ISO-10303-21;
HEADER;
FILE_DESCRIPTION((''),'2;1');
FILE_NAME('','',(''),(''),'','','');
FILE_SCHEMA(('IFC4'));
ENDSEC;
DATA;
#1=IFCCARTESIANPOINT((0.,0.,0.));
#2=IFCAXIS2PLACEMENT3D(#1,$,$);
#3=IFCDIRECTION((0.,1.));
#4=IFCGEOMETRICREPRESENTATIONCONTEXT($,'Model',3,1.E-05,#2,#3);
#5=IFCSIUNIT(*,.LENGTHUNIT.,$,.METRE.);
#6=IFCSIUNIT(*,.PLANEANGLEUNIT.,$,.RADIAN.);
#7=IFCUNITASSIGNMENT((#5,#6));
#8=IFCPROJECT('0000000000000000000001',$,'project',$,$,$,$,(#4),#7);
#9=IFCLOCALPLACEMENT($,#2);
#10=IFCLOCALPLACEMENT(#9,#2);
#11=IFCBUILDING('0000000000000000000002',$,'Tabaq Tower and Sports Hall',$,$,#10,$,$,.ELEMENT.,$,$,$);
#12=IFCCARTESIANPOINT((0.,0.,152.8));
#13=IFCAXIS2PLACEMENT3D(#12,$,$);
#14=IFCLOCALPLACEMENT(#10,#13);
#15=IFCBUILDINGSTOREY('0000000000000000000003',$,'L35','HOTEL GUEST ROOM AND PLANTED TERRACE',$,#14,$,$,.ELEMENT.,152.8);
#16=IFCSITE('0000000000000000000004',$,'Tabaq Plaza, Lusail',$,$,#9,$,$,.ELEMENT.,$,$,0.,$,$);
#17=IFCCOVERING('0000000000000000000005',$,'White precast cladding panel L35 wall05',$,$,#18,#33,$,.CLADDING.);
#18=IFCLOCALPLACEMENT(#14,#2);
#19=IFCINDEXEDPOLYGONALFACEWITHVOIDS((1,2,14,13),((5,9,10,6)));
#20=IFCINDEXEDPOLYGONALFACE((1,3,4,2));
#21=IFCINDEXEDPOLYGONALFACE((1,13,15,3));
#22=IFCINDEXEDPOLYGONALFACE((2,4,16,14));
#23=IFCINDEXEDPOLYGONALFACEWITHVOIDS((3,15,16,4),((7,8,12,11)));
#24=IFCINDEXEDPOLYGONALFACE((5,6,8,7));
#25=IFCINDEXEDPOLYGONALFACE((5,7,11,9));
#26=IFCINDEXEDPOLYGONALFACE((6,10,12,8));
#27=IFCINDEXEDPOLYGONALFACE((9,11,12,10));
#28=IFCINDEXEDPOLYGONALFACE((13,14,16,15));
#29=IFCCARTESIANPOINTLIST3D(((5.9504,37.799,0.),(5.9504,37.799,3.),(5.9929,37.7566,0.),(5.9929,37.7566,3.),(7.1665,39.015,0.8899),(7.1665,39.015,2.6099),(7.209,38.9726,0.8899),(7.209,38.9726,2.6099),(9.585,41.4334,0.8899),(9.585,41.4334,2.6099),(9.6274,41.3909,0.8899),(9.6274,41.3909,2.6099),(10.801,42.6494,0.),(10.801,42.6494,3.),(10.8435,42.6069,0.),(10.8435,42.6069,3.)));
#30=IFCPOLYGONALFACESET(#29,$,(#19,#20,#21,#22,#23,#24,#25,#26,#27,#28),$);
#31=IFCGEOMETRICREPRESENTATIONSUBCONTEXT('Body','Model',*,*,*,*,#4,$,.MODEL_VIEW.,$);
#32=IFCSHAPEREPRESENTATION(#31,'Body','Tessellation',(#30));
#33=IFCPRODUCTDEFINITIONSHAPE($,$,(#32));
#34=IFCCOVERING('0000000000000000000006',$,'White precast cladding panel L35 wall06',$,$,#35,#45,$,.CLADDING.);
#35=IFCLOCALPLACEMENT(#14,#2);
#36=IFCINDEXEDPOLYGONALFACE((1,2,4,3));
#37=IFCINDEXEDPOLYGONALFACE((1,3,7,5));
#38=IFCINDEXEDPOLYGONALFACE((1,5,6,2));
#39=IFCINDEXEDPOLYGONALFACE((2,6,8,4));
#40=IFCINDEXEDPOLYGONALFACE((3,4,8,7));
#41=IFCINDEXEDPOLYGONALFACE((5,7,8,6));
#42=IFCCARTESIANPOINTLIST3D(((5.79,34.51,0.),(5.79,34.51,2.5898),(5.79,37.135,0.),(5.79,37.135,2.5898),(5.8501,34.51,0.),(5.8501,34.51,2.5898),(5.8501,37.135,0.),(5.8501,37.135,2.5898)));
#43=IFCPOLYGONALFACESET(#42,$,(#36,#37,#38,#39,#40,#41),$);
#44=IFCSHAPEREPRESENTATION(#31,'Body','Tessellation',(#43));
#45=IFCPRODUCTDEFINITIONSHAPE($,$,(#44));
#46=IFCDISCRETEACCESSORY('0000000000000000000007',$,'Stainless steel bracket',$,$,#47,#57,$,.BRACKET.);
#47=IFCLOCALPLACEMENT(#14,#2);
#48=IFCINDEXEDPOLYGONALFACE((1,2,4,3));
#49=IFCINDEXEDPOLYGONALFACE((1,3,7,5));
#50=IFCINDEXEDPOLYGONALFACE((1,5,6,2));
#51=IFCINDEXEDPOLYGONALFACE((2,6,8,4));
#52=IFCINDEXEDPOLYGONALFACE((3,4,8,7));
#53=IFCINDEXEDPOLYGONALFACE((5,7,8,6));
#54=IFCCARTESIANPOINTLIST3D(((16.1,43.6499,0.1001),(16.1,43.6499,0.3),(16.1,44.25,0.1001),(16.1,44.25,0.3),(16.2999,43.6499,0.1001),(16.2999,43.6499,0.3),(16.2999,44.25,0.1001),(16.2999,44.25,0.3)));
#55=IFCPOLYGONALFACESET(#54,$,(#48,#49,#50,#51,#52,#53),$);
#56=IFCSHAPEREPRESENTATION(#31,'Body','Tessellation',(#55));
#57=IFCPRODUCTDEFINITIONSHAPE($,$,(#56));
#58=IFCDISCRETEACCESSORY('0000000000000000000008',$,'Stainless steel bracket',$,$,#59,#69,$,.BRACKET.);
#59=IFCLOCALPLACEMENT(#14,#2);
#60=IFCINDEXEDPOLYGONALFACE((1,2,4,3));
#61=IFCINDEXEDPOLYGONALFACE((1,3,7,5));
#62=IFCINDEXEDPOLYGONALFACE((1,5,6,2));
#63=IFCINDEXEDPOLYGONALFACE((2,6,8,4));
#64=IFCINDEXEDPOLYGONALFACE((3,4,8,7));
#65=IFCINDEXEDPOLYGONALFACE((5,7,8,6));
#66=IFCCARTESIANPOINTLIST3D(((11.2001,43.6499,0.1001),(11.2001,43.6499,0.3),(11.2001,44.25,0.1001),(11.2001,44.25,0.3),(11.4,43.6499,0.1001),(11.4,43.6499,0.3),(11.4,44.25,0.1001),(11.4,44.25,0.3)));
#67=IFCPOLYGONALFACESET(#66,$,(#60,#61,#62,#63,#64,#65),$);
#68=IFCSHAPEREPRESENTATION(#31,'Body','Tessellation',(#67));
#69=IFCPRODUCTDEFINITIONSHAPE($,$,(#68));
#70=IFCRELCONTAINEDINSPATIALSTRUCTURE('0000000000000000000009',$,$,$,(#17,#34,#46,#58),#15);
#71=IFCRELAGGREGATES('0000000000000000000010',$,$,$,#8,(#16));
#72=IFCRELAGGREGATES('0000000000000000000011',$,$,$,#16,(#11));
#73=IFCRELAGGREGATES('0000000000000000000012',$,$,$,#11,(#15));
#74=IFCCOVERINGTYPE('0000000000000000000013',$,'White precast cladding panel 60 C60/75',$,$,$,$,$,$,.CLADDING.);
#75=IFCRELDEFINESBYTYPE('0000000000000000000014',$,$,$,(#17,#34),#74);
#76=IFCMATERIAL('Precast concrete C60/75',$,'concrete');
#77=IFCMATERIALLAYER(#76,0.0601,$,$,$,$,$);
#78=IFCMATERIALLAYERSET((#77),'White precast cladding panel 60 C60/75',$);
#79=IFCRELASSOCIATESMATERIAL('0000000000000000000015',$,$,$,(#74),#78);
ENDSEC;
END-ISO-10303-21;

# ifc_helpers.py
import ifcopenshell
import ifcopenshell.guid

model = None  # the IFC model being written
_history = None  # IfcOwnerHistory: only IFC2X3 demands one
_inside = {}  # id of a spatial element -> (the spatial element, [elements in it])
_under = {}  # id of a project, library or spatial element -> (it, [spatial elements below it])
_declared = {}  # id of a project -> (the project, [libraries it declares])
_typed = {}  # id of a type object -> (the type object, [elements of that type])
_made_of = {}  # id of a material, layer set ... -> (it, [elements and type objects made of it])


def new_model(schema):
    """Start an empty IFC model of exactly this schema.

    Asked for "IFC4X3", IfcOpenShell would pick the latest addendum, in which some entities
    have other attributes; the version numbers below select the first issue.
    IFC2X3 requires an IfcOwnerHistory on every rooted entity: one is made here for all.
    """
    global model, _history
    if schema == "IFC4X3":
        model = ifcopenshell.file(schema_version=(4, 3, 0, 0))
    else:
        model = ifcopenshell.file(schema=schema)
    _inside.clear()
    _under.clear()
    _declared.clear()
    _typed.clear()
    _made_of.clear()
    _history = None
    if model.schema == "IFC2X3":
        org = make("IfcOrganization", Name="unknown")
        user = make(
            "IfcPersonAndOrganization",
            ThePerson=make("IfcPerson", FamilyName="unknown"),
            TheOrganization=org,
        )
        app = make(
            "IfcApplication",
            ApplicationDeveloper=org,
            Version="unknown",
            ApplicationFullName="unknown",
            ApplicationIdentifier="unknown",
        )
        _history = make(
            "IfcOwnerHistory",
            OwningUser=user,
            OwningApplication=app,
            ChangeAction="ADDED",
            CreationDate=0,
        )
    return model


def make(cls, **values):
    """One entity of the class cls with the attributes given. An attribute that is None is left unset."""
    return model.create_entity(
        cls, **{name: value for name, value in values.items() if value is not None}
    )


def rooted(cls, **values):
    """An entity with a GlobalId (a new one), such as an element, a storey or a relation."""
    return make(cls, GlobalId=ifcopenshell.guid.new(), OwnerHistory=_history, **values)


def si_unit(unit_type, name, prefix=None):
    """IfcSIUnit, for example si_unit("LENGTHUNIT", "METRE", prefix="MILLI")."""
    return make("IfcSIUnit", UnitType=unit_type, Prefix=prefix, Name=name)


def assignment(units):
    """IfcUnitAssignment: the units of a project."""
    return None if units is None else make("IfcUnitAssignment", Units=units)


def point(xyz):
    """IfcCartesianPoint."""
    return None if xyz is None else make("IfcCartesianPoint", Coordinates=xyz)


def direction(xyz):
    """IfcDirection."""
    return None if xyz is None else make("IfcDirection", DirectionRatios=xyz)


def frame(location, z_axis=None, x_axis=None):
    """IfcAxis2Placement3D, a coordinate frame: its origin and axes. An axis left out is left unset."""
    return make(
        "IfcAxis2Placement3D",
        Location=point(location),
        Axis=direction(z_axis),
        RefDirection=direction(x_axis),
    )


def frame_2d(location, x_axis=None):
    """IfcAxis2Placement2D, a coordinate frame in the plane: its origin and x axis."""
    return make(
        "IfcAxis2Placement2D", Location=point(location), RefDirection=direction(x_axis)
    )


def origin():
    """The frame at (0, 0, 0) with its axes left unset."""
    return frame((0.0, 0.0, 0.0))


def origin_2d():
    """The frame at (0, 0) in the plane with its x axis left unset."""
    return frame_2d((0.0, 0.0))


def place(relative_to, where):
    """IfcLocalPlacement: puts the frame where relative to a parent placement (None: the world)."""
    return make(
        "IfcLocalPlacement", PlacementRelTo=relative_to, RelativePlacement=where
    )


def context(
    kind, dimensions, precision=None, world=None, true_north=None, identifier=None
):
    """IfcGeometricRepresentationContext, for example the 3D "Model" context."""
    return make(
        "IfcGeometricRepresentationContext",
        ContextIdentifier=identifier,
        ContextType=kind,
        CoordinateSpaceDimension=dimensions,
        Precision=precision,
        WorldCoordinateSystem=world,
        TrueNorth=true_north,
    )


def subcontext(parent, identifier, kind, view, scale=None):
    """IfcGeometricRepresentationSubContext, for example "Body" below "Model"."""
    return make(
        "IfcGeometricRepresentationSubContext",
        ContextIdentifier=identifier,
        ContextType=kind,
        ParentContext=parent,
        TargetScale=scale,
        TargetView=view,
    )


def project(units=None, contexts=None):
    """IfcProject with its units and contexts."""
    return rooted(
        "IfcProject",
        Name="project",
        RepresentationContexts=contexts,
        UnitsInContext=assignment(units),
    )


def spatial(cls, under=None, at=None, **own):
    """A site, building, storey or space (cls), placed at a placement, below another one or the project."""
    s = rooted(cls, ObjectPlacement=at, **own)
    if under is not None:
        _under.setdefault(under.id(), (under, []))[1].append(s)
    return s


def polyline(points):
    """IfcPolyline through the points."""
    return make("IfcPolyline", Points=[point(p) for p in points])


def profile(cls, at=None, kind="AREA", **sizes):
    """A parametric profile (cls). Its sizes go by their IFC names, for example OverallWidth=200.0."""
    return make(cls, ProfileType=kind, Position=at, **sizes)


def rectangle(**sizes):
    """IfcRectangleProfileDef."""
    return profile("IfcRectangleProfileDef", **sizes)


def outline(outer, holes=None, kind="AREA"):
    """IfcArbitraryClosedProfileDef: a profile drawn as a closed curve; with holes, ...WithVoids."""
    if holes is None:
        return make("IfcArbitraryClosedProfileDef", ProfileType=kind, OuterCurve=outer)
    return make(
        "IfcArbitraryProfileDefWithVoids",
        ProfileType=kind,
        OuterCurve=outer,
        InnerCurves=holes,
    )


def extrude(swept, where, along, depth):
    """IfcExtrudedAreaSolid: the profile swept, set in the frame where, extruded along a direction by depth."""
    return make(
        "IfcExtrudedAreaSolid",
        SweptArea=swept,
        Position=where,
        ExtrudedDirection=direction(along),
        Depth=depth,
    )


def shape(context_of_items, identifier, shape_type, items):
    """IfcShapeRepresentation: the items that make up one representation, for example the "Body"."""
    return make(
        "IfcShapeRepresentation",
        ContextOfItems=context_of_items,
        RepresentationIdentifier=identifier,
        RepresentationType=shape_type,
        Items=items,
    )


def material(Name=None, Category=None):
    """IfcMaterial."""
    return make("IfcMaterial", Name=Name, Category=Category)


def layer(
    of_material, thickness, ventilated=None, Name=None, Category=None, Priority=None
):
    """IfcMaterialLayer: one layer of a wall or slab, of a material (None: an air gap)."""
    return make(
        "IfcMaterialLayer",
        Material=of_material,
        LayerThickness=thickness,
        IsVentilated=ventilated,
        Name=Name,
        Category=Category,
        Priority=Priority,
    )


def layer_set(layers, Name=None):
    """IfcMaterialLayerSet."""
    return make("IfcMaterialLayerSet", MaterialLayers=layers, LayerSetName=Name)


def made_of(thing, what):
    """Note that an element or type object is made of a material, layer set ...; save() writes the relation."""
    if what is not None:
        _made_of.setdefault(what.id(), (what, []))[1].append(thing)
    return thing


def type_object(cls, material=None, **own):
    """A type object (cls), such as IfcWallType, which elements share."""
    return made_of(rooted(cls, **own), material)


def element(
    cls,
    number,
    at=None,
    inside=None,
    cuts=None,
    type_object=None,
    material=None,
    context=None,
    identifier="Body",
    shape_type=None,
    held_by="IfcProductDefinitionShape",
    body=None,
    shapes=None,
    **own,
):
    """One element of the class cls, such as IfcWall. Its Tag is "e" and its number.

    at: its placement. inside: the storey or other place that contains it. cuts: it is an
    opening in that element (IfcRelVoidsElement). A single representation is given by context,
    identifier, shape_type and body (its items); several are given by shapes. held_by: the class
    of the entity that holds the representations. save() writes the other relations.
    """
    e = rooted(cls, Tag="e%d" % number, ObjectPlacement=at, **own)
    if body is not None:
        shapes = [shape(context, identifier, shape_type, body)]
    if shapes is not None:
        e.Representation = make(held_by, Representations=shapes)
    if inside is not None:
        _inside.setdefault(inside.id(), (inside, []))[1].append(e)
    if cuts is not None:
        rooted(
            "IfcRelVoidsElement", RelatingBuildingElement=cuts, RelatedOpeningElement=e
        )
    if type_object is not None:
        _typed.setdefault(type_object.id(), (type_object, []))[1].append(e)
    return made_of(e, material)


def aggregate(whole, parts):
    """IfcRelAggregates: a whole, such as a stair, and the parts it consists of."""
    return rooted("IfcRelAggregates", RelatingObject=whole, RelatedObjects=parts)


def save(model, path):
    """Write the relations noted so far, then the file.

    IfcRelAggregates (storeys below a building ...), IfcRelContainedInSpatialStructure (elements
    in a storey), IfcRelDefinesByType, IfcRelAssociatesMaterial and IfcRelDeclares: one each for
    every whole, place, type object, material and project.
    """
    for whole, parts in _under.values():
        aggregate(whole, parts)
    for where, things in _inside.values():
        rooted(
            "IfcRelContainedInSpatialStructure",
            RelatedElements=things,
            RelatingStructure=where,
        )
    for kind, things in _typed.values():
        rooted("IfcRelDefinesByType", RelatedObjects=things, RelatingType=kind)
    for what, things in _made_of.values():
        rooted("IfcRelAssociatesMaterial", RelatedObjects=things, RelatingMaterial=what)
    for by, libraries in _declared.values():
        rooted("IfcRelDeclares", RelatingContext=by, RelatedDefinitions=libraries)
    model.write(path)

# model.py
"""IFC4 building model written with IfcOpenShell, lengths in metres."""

from ifc_helpers import new_model, si_unit, direction, frame, frame_2d, origin, origin_2d, place, context, subcontext, project, spatial, polyline, rectangle, outline, extrude, material, layer, layer_set, type_object, element, save


model = new_model("IFC4")

# Units and contexts
model_context = context("Model", 3, precision=1e-05, world=origin(), true_north=direction((0.0, 1.0)))
body_context = subcontext(model_context, "Body", "Model", "MODEL_VIEW")
ifc_project = project(units=[si_unit("LENGTHUNIT", "METRE"), si_unit("PLANEANGLEUNIT", "RADIAN")], contexts=[model_context])

# Site, building, storey
site_placement = place(None, origin())
site = spatial("IfcSite", under=ifc_project, at=site_placement, Name="Tabaq Plaza, Lusail", CompositionType="ELEMENT", RefElevation=0.0)
building_placement = place(site_placement, origin())
building = spatial("IfcBuilding", under=site, at=building_placement, Name="Tabaq Tower and Sports Hall", CompositionType="ELEMENT")
storey_placement = place(building_placement, frame((0.0, 0.0, 152.8)))
storey = spatial("IfcBuildingStorey", under=building, at=storey_placement, Name="L35", Description="HOTEL GUEST ROOM AND PLANTED TERRACE", CompositionType="ELEMENT", Elevation=152.8)

# Coverings
ifc_material_1 = material(Name="Precast concrete C60/75", Category="concrete")
ifc_layer_1 = layer(ifc_material_1, 0.0601)
ifc_layer_set_1 = layer_set([ifc_layer_1], Name="White precast cladding panel 60 C60/75")
covering_type = type_object("IfcCoveringType", Name="White precast cladding panel 60 C60/75", PredefinedType="CLADDING", material=ifc_layer_set_1)
covering_1_placement = place(storey_placement, frame((10.8223, 42.6282, 0.0), z_axis=(0.0, 0.0, 1.0), x_axis=(-0.707125, -0.707089, 0.0)))
element("IfcCovering", 1, at=covering_1_placement, inside=storey, type_object=covering_type, Name="White precast cladding panel L35 wall05", PredefinedType="CLADDING", context=body_context, shape_type="SweptSolid", body=[
    extrude(outline(polyline([(0.0, 0.0), (6.8596, 0.0), (6.8596, 3.0), (0.0, 3.0), (0.0, 0.0)]), holes=[polyline([(1.7197, 0.8899), (1.7197, 2.6099), (5.1399, 2.6099), (5.1399, 0.8899), (1.7197, 0.8899)])]), frame((0.0, 0.03, 0.0), z_axis=(0.0, -1.0, 0.0), x_axis=(1.0, 0.0, 0.0)), (0.0, 0.0, 1.0), 0.0601),
])
covering_2_placement = place(storey_placement, frame((5.8201, 37.135, 0.0), z_axis=(0.0, 0.0, 1.0), x_axis=(0.0, -1.0, 0.0)))
element("IfcCovering", 2, at=covering_2_placement, inside=storey, type_object=covering_type, Name="White precast cladding panel L35 wall06", PredefinedType="CLADDING", context=body_context, shape_type="SweptSolid", body=[
    extrude(rectangle(XDim=2.625, YDim=0.0601, at=frame_2d((1.3125, 0.0))), origin(), (0.0, 0.0, 1.0), 2.5898),
])

# Discrete accessories
for number, where, z_axis, x_axis, name in (
    (3, (16.2, 43.95, 0.1001), (0.0, 0.0, 1.0), (0.0, 1.0, 0.0), "Stainless steel bracket"),
    (4, (11.3, 43.95, 0.1001), (0.0, 0.0, 1.0), (0.0, 1.0, 0.0), "Stainless steel bracket"),
):
    element("IfcDiscreteAccessory", number, at=place(storey_placement, frame(where, z_axis=z_axis, x_axis=x_axis)), inside=storey, Name=name, PredefinedType="BRACKET", context=body_context, shape_type="SweptSolid", body=[
        extrude(rectangle(XDim=0.6001, YDim=0.2, at=origin_2d()), origin(), (0.0, 0.0, 1.0), 0.2),
    ])

save(model, "model.ifc")
